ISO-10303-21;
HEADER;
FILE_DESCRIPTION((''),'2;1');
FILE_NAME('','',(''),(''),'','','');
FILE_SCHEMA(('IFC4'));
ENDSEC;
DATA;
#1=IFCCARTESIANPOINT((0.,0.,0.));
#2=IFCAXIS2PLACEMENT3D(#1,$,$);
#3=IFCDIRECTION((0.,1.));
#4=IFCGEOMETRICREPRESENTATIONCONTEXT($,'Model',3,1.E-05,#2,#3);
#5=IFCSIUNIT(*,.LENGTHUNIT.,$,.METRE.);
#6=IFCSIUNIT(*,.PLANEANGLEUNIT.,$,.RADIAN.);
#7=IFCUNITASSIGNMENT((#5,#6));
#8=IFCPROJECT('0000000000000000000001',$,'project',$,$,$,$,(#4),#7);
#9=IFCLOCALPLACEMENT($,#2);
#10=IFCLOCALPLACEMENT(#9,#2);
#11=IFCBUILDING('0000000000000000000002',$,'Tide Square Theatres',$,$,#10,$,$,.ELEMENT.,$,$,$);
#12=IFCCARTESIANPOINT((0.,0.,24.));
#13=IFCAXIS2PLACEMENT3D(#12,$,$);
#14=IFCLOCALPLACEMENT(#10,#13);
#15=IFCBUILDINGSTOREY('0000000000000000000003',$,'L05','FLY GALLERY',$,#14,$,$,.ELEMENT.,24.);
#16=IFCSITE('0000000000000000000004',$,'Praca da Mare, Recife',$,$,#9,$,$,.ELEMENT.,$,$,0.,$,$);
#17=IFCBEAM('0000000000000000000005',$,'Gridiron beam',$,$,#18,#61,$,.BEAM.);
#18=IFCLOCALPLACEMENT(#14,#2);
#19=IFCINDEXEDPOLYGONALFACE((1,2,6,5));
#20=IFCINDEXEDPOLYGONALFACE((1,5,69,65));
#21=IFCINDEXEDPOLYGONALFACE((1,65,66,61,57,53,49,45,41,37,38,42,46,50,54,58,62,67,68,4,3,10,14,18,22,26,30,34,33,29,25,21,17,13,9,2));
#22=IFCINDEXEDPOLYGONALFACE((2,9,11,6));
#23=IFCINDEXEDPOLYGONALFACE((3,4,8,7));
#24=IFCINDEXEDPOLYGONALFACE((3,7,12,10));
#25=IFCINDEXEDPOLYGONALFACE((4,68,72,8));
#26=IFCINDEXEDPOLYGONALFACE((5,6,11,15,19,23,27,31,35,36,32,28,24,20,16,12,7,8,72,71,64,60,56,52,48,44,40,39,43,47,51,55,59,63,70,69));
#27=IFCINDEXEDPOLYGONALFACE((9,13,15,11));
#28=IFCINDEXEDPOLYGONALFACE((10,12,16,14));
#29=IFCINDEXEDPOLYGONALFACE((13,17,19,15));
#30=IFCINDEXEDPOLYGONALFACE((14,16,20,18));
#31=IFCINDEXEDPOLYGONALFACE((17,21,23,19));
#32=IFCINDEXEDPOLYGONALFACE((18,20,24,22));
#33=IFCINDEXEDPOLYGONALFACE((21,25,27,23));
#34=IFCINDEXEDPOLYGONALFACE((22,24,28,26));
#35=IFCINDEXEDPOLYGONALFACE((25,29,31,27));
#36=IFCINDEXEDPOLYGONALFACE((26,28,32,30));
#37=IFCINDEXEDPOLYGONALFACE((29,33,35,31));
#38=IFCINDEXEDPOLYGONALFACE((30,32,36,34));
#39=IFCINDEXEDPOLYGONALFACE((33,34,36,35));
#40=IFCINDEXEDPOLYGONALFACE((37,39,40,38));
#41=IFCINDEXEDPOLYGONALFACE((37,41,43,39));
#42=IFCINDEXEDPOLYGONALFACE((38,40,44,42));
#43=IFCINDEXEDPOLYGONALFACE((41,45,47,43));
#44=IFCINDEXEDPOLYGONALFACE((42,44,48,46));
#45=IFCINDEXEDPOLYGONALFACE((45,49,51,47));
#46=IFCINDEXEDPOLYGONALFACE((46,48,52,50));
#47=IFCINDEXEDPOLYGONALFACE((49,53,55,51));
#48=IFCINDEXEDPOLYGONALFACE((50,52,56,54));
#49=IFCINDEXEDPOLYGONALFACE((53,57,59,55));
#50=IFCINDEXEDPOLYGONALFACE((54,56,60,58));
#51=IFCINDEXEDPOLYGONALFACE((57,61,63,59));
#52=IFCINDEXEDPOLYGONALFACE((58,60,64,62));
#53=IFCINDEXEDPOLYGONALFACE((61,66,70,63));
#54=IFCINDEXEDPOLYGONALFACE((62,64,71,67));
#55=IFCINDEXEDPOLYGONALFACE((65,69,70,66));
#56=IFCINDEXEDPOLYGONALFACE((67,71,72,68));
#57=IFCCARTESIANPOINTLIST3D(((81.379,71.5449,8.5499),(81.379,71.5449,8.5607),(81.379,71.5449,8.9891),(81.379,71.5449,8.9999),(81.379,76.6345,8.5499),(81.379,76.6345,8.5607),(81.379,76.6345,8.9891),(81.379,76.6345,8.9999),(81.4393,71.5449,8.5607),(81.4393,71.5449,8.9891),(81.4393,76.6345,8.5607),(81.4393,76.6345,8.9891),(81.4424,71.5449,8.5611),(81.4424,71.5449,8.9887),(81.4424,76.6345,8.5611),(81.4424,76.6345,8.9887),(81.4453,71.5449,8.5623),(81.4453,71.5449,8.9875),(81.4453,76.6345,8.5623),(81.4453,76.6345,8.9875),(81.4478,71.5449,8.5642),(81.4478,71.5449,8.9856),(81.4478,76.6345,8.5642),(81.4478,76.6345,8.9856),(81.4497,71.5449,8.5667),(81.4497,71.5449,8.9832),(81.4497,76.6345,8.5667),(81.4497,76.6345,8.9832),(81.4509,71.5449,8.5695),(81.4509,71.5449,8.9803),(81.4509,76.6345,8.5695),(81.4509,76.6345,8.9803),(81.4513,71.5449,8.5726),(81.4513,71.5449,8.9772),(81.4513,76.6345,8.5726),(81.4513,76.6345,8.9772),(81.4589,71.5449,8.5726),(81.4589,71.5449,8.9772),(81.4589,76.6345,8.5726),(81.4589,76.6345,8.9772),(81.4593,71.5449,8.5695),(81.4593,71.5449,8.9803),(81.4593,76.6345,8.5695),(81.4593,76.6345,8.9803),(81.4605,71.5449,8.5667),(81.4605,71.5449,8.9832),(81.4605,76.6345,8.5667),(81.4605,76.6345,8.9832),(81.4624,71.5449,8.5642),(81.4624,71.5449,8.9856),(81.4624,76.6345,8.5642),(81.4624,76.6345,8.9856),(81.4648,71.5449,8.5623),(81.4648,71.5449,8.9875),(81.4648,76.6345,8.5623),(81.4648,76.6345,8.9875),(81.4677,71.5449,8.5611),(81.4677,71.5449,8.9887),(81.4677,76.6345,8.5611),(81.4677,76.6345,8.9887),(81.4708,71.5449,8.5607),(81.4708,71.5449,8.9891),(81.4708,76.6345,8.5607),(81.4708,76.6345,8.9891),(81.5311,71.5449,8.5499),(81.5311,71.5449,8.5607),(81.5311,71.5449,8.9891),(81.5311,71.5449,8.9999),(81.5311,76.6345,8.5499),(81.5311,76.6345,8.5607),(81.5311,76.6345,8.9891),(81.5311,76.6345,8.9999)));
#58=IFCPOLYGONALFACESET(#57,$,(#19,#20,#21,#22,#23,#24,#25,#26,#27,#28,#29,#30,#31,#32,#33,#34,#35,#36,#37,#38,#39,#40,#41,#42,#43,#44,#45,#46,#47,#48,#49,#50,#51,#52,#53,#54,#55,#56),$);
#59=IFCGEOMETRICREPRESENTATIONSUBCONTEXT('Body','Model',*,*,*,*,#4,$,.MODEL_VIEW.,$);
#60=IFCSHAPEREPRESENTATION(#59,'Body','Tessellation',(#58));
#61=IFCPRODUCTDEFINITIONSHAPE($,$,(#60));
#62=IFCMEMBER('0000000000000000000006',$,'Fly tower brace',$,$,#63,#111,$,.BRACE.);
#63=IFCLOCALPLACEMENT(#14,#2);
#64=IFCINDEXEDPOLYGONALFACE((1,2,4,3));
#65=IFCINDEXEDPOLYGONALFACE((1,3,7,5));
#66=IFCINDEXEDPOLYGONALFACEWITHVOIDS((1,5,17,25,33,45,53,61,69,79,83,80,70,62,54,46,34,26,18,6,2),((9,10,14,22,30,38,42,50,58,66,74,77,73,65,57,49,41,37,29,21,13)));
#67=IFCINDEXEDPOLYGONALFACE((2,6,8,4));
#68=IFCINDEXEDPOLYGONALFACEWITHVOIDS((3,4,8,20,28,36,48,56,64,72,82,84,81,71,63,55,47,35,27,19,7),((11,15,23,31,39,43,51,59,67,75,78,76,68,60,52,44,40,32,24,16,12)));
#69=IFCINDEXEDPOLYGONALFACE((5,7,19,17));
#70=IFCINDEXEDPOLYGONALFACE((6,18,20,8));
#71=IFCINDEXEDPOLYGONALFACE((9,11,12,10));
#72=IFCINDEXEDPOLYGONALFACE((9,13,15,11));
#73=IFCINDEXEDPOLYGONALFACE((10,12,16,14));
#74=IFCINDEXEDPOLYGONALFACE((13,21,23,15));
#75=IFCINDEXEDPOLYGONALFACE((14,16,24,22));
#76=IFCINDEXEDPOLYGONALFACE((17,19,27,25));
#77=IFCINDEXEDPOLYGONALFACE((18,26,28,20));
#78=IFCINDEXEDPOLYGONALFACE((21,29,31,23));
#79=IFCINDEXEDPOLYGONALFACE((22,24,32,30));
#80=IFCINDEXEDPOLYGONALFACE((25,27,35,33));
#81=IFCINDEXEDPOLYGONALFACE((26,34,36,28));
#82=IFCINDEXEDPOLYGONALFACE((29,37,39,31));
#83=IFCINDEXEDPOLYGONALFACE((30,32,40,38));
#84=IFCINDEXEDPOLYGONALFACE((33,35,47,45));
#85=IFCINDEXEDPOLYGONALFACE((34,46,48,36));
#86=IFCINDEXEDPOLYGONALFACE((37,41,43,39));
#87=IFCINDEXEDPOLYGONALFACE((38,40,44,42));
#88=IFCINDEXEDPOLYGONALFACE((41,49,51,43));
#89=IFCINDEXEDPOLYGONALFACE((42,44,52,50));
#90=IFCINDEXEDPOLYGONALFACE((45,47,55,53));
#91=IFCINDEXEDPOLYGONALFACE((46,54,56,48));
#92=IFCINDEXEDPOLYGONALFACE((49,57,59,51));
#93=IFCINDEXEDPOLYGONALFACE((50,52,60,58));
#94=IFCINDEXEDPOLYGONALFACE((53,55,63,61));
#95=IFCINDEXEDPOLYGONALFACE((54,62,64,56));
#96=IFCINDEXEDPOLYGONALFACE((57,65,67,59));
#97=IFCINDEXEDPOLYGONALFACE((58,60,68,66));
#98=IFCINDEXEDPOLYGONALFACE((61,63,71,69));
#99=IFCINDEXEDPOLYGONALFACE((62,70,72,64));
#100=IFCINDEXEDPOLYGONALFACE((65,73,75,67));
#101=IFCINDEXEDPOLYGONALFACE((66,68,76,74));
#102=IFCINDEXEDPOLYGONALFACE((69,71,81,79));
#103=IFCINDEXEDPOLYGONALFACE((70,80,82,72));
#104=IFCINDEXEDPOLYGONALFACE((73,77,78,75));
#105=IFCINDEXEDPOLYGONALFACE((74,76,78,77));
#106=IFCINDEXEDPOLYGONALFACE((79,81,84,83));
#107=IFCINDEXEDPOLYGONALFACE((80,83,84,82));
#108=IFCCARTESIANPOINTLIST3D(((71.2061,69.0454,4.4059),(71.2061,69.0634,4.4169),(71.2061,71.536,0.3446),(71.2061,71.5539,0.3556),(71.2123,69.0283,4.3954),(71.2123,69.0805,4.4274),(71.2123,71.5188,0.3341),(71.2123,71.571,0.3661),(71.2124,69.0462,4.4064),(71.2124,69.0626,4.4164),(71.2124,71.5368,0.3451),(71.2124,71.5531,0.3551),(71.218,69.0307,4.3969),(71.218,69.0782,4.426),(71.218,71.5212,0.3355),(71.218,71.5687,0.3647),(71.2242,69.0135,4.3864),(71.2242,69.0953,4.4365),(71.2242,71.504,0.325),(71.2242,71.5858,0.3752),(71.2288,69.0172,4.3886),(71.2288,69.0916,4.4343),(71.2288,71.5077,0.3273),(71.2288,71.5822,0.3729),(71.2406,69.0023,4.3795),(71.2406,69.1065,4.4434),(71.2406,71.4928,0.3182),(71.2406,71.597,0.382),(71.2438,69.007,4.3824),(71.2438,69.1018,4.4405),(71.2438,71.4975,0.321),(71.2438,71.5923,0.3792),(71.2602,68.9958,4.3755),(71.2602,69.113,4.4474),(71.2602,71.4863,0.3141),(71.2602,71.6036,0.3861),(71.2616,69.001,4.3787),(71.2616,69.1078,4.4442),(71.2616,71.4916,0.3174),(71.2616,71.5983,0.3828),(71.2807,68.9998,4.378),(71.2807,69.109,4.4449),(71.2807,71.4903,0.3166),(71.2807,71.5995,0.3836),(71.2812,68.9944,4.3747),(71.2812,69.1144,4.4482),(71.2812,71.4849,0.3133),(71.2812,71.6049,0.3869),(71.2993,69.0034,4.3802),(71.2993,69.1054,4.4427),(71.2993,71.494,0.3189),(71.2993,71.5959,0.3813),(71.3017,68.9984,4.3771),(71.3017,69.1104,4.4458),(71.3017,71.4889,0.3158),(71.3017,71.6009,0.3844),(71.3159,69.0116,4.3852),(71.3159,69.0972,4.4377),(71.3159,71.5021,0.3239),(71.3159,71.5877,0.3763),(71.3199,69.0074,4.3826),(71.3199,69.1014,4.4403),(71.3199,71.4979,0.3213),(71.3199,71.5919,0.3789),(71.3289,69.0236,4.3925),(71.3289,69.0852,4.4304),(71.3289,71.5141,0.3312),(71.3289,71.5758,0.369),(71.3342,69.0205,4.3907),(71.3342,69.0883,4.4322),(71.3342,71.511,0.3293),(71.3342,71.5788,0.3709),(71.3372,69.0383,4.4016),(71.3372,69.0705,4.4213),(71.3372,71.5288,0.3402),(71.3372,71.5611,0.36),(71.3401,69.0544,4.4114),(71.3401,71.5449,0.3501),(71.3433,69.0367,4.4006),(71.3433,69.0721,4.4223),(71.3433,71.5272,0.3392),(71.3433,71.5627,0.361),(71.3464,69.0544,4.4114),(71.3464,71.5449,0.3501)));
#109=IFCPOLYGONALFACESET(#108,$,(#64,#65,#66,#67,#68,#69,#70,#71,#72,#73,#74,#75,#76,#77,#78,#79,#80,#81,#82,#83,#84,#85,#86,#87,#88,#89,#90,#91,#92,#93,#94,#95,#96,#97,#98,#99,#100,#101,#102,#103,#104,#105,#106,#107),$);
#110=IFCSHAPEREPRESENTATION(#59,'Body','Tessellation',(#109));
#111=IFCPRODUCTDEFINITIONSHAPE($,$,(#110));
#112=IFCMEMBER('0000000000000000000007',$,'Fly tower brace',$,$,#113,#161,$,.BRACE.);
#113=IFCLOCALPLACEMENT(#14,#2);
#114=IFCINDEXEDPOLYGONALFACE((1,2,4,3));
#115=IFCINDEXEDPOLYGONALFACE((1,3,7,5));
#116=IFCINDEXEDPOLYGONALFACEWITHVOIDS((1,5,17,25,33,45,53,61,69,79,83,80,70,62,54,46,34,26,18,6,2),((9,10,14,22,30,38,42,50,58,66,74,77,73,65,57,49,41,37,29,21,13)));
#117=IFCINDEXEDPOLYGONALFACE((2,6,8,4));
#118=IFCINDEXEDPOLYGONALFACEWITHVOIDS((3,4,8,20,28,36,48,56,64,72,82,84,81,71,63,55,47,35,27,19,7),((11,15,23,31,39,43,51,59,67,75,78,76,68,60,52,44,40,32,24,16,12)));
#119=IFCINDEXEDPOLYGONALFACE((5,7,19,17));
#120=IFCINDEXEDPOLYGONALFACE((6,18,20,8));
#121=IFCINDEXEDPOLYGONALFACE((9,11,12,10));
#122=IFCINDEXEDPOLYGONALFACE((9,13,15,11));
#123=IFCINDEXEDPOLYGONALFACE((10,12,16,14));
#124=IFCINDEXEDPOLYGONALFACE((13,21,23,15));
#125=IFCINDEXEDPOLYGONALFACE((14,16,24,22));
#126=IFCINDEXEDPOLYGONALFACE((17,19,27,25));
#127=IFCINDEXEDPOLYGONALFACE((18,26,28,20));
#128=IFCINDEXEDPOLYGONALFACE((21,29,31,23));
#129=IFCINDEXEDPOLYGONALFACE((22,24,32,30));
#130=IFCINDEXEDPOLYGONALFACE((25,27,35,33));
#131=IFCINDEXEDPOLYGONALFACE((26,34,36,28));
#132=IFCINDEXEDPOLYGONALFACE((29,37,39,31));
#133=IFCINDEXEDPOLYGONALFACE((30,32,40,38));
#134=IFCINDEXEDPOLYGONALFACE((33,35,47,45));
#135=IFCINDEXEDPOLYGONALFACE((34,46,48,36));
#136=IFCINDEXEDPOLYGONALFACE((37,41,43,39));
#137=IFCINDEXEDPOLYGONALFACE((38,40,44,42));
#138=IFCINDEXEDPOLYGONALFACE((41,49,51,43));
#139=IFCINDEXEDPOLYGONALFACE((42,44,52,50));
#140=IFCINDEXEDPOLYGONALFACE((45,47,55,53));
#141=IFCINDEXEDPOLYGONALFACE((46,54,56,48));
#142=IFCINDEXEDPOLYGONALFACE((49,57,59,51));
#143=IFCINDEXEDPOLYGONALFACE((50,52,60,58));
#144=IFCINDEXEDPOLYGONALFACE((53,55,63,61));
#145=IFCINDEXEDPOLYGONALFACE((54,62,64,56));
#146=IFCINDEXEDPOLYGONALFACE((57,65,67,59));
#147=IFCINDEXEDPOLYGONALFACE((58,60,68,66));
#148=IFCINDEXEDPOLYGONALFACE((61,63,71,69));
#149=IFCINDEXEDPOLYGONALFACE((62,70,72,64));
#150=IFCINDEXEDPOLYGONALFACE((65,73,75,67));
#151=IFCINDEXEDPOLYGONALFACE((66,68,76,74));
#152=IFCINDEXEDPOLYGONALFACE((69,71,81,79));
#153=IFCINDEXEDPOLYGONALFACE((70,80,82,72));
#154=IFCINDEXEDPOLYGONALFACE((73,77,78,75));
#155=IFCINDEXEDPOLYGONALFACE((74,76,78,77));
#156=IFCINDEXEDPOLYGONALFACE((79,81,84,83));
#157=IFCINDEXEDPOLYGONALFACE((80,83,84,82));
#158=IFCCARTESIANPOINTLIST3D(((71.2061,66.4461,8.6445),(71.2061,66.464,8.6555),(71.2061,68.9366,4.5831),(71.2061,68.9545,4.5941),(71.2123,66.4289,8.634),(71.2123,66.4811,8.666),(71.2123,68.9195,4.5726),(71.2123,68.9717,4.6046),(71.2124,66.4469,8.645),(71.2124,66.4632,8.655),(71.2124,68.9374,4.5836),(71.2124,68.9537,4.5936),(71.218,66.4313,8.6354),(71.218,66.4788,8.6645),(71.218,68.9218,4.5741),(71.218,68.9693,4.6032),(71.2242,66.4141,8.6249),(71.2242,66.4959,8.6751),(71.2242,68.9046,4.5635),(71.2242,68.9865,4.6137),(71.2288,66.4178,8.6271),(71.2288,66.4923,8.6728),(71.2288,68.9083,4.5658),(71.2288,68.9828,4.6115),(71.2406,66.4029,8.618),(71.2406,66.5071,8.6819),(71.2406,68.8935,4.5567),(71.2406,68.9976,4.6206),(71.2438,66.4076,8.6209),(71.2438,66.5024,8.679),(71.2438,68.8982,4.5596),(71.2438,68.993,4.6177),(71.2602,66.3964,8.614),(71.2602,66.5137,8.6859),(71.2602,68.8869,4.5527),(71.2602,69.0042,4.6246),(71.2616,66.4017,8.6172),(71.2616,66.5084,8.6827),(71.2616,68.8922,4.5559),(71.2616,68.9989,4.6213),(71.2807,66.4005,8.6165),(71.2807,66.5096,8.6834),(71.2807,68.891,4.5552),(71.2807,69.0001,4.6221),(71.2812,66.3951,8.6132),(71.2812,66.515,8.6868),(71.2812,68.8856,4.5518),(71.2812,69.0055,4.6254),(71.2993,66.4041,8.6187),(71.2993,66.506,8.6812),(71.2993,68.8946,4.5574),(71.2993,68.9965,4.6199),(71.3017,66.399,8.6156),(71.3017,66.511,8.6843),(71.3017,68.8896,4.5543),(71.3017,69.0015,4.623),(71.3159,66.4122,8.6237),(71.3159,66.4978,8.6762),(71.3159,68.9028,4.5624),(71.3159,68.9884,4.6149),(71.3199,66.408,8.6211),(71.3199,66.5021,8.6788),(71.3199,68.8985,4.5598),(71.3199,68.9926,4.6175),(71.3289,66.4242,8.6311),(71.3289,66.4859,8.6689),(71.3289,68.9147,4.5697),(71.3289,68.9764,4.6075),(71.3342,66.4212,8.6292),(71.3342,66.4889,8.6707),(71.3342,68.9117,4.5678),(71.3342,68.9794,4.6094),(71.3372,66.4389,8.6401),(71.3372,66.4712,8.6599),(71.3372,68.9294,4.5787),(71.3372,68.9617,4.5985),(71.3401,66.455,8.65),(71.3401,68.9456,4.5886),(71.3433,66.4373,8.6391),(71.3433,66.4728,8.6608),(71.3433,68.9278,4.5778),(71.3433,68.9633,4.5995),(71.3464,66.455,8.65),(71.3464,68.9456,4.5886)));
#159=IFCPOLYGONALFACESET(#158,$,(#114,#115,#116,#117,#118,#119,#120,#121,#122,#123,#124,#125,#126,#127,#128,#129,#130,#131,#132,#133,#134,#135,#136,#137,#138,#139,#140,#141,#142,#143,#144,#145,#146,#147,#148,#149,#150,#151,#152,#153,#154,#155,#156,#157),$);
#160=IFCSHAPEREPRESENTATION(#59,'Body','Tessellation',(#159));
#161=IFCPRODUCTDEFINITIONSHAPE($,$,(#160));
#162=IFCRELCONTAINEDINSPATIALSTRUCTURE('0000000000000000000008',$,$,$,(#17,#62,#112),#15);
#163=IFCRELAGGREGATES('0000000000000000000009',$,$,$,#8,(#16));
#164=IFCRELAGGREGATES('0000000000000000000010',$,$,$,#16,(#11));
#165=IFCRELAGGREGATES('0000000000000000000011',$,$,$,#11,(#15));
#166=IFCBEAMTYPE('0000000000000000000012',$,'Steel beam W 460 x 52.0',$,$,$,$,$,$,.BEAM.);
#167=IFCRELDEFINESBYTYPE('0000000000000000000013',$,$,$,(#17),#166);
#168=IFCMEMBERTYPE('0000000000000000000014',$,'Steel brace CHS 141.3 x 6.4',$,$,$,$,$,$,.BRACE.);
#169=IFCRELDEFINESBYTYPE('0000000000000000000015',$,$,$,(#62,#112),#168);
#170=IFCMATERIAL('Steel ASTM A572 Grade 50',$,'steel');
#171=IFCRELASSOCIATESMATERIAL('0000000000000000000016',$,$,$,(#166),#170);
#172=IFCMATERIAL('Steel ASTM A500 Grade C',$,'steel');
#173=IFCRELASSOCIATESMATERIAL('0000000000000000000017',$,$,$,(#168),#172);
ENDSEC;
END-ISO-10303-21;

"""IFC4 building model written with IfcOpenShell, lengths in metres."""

from ifc_helpers import new_model, si_unit, direction, frame, origin, origin_2d, place, context, subcontext, project, spatial, hollow_circle, i_section, extrude, material, material_profile, profile_set, type_object, element, save


model = new_model("IFC4")

# Units and contexts
model_context = context("Model", 3, precision=1e-05, world=origin(), true_north=direction((0.0, 1.0)))
body_context = subcontext(model_context, "Body", "Model", "MODEL_VIEW")
ifc_project = project(units=[si_unit("LENGTHUNIT", "METRE"), si_unit("PLANEANGLEUNIT", "RADIAN")], contexts=[model_context])

# Site, building, storey
site_placement = place(None, origin())
site = spatial("IfcSite", under=ifc_project, at=site_placement, Name="Praca da Mare, Recife", CompositionType="ELEMENT", RefElevation=0.0)
building_placement = place(site_placement, origin())
building = spatial("IfcBuilding", under=site, at=building_placement, Name="Tide Square Theatres", CompositionType="ELEMENT")
storey_placement = place(building_placement, frame((0.0, 0.0, 24.0)))
storey = spatial("IfcBuildingStorey", under=building, at=storey_placement, Name="L05", Description="FLY GALLERY", CompositionType="ELEMENT", Elevation=24.0)

# Beam
ifc_material_1 = material(Name="Steel ASTM A572 Grade 50", Category="steel")
ifc_material_profile_1 = material_profile(ifc_material_1, i_section(OverallWidth=0.1521, OverallDepth=0.45, WebThickness=0.0076, FlangeThickness=0.0107, FilletRadius=0.012, at=origin_2d()))
ifc_profile_set_1 = profile_set([ifc_material_profile_1], Name="Steel ASTM A572 Grade 50")
beam_type_1 = type_object("IfcBeamType", Name="Steel beam W 460 x 52.0", PredefinedType="BEAM", material=ifc_profile_set_1)
for number, where, z_axis, x_axis, name in (
    (1, (81.4551, 71.5449, 8.7749), (0.0, 1.0, 0.0), (-1.0, 0.0, 0.0), "Gridiron beam"),
):
    element("IfcBeam", number, at=place(storey_placement, frame(where, z_axis=z_axis, x_axis=x_axis)), inside=storey, type_object=beam_type_1, Name=name, PredefinedType="BEAM", context=body_context, shape_type="SweptSolid", body=[
        extrude(i_section(OverallWidth=0.1521, OverallDepth=0.45, WebThickness=0.0076, FlangeThickness=0.0107, FilletRadius=0.012, at=origin_2d()), origin(), (0.0, 0.0, 1.0), 5.0896),
    ])

# Members
ifc_material_2 = material(Name="Steel ASTM A500 Grade C", Category="steel")
ifc_material_profile_2 = material_profile(ifc_material_2, hollow_circle(Radius=0.0706, WallThickness=0.0063, at=origin_2d()))
ifc_profile_set_2 = profile_set([ifc_material_profile_2], Name="Steel ASTM A500 Grade C")
member_type = type_object("IfcMemberType", Name="Steel brace CHS 141.3 x 6.4", PredefinedType="BRACE", material=ifc_profile_set_2)
for number, where, z_axis, x_axis, name in (
    (2, (71.2759, 71.5449, 0.3501), (0.0, -0.522762, 0.852479), (1.0, 0.0, 0.0), "Fly tower brace"),
    (3, (71.2759, 68.9456, 4.5886), (0.0, -0.522762, 0.852479), (1.0, 0.0, 0.0), "Fly tower brace"),
):
    element("IfcMember", number, at=place(storey_placement, frame(where, z_axis=z_axis, x_axis=x_axis)), inside=storey, type_object=member_type, Name=name, PredefinedType="BRACE", context=body_context, shape_type="SweptSolid", body=[
        extrude(hollow_circle(Radius=0.0706, WallThickness=0.0063, at=origin_2d()), origin(), (0.0, 0.0, 1.0), 4.7642),
    ])

save(model, "model.ifc")
